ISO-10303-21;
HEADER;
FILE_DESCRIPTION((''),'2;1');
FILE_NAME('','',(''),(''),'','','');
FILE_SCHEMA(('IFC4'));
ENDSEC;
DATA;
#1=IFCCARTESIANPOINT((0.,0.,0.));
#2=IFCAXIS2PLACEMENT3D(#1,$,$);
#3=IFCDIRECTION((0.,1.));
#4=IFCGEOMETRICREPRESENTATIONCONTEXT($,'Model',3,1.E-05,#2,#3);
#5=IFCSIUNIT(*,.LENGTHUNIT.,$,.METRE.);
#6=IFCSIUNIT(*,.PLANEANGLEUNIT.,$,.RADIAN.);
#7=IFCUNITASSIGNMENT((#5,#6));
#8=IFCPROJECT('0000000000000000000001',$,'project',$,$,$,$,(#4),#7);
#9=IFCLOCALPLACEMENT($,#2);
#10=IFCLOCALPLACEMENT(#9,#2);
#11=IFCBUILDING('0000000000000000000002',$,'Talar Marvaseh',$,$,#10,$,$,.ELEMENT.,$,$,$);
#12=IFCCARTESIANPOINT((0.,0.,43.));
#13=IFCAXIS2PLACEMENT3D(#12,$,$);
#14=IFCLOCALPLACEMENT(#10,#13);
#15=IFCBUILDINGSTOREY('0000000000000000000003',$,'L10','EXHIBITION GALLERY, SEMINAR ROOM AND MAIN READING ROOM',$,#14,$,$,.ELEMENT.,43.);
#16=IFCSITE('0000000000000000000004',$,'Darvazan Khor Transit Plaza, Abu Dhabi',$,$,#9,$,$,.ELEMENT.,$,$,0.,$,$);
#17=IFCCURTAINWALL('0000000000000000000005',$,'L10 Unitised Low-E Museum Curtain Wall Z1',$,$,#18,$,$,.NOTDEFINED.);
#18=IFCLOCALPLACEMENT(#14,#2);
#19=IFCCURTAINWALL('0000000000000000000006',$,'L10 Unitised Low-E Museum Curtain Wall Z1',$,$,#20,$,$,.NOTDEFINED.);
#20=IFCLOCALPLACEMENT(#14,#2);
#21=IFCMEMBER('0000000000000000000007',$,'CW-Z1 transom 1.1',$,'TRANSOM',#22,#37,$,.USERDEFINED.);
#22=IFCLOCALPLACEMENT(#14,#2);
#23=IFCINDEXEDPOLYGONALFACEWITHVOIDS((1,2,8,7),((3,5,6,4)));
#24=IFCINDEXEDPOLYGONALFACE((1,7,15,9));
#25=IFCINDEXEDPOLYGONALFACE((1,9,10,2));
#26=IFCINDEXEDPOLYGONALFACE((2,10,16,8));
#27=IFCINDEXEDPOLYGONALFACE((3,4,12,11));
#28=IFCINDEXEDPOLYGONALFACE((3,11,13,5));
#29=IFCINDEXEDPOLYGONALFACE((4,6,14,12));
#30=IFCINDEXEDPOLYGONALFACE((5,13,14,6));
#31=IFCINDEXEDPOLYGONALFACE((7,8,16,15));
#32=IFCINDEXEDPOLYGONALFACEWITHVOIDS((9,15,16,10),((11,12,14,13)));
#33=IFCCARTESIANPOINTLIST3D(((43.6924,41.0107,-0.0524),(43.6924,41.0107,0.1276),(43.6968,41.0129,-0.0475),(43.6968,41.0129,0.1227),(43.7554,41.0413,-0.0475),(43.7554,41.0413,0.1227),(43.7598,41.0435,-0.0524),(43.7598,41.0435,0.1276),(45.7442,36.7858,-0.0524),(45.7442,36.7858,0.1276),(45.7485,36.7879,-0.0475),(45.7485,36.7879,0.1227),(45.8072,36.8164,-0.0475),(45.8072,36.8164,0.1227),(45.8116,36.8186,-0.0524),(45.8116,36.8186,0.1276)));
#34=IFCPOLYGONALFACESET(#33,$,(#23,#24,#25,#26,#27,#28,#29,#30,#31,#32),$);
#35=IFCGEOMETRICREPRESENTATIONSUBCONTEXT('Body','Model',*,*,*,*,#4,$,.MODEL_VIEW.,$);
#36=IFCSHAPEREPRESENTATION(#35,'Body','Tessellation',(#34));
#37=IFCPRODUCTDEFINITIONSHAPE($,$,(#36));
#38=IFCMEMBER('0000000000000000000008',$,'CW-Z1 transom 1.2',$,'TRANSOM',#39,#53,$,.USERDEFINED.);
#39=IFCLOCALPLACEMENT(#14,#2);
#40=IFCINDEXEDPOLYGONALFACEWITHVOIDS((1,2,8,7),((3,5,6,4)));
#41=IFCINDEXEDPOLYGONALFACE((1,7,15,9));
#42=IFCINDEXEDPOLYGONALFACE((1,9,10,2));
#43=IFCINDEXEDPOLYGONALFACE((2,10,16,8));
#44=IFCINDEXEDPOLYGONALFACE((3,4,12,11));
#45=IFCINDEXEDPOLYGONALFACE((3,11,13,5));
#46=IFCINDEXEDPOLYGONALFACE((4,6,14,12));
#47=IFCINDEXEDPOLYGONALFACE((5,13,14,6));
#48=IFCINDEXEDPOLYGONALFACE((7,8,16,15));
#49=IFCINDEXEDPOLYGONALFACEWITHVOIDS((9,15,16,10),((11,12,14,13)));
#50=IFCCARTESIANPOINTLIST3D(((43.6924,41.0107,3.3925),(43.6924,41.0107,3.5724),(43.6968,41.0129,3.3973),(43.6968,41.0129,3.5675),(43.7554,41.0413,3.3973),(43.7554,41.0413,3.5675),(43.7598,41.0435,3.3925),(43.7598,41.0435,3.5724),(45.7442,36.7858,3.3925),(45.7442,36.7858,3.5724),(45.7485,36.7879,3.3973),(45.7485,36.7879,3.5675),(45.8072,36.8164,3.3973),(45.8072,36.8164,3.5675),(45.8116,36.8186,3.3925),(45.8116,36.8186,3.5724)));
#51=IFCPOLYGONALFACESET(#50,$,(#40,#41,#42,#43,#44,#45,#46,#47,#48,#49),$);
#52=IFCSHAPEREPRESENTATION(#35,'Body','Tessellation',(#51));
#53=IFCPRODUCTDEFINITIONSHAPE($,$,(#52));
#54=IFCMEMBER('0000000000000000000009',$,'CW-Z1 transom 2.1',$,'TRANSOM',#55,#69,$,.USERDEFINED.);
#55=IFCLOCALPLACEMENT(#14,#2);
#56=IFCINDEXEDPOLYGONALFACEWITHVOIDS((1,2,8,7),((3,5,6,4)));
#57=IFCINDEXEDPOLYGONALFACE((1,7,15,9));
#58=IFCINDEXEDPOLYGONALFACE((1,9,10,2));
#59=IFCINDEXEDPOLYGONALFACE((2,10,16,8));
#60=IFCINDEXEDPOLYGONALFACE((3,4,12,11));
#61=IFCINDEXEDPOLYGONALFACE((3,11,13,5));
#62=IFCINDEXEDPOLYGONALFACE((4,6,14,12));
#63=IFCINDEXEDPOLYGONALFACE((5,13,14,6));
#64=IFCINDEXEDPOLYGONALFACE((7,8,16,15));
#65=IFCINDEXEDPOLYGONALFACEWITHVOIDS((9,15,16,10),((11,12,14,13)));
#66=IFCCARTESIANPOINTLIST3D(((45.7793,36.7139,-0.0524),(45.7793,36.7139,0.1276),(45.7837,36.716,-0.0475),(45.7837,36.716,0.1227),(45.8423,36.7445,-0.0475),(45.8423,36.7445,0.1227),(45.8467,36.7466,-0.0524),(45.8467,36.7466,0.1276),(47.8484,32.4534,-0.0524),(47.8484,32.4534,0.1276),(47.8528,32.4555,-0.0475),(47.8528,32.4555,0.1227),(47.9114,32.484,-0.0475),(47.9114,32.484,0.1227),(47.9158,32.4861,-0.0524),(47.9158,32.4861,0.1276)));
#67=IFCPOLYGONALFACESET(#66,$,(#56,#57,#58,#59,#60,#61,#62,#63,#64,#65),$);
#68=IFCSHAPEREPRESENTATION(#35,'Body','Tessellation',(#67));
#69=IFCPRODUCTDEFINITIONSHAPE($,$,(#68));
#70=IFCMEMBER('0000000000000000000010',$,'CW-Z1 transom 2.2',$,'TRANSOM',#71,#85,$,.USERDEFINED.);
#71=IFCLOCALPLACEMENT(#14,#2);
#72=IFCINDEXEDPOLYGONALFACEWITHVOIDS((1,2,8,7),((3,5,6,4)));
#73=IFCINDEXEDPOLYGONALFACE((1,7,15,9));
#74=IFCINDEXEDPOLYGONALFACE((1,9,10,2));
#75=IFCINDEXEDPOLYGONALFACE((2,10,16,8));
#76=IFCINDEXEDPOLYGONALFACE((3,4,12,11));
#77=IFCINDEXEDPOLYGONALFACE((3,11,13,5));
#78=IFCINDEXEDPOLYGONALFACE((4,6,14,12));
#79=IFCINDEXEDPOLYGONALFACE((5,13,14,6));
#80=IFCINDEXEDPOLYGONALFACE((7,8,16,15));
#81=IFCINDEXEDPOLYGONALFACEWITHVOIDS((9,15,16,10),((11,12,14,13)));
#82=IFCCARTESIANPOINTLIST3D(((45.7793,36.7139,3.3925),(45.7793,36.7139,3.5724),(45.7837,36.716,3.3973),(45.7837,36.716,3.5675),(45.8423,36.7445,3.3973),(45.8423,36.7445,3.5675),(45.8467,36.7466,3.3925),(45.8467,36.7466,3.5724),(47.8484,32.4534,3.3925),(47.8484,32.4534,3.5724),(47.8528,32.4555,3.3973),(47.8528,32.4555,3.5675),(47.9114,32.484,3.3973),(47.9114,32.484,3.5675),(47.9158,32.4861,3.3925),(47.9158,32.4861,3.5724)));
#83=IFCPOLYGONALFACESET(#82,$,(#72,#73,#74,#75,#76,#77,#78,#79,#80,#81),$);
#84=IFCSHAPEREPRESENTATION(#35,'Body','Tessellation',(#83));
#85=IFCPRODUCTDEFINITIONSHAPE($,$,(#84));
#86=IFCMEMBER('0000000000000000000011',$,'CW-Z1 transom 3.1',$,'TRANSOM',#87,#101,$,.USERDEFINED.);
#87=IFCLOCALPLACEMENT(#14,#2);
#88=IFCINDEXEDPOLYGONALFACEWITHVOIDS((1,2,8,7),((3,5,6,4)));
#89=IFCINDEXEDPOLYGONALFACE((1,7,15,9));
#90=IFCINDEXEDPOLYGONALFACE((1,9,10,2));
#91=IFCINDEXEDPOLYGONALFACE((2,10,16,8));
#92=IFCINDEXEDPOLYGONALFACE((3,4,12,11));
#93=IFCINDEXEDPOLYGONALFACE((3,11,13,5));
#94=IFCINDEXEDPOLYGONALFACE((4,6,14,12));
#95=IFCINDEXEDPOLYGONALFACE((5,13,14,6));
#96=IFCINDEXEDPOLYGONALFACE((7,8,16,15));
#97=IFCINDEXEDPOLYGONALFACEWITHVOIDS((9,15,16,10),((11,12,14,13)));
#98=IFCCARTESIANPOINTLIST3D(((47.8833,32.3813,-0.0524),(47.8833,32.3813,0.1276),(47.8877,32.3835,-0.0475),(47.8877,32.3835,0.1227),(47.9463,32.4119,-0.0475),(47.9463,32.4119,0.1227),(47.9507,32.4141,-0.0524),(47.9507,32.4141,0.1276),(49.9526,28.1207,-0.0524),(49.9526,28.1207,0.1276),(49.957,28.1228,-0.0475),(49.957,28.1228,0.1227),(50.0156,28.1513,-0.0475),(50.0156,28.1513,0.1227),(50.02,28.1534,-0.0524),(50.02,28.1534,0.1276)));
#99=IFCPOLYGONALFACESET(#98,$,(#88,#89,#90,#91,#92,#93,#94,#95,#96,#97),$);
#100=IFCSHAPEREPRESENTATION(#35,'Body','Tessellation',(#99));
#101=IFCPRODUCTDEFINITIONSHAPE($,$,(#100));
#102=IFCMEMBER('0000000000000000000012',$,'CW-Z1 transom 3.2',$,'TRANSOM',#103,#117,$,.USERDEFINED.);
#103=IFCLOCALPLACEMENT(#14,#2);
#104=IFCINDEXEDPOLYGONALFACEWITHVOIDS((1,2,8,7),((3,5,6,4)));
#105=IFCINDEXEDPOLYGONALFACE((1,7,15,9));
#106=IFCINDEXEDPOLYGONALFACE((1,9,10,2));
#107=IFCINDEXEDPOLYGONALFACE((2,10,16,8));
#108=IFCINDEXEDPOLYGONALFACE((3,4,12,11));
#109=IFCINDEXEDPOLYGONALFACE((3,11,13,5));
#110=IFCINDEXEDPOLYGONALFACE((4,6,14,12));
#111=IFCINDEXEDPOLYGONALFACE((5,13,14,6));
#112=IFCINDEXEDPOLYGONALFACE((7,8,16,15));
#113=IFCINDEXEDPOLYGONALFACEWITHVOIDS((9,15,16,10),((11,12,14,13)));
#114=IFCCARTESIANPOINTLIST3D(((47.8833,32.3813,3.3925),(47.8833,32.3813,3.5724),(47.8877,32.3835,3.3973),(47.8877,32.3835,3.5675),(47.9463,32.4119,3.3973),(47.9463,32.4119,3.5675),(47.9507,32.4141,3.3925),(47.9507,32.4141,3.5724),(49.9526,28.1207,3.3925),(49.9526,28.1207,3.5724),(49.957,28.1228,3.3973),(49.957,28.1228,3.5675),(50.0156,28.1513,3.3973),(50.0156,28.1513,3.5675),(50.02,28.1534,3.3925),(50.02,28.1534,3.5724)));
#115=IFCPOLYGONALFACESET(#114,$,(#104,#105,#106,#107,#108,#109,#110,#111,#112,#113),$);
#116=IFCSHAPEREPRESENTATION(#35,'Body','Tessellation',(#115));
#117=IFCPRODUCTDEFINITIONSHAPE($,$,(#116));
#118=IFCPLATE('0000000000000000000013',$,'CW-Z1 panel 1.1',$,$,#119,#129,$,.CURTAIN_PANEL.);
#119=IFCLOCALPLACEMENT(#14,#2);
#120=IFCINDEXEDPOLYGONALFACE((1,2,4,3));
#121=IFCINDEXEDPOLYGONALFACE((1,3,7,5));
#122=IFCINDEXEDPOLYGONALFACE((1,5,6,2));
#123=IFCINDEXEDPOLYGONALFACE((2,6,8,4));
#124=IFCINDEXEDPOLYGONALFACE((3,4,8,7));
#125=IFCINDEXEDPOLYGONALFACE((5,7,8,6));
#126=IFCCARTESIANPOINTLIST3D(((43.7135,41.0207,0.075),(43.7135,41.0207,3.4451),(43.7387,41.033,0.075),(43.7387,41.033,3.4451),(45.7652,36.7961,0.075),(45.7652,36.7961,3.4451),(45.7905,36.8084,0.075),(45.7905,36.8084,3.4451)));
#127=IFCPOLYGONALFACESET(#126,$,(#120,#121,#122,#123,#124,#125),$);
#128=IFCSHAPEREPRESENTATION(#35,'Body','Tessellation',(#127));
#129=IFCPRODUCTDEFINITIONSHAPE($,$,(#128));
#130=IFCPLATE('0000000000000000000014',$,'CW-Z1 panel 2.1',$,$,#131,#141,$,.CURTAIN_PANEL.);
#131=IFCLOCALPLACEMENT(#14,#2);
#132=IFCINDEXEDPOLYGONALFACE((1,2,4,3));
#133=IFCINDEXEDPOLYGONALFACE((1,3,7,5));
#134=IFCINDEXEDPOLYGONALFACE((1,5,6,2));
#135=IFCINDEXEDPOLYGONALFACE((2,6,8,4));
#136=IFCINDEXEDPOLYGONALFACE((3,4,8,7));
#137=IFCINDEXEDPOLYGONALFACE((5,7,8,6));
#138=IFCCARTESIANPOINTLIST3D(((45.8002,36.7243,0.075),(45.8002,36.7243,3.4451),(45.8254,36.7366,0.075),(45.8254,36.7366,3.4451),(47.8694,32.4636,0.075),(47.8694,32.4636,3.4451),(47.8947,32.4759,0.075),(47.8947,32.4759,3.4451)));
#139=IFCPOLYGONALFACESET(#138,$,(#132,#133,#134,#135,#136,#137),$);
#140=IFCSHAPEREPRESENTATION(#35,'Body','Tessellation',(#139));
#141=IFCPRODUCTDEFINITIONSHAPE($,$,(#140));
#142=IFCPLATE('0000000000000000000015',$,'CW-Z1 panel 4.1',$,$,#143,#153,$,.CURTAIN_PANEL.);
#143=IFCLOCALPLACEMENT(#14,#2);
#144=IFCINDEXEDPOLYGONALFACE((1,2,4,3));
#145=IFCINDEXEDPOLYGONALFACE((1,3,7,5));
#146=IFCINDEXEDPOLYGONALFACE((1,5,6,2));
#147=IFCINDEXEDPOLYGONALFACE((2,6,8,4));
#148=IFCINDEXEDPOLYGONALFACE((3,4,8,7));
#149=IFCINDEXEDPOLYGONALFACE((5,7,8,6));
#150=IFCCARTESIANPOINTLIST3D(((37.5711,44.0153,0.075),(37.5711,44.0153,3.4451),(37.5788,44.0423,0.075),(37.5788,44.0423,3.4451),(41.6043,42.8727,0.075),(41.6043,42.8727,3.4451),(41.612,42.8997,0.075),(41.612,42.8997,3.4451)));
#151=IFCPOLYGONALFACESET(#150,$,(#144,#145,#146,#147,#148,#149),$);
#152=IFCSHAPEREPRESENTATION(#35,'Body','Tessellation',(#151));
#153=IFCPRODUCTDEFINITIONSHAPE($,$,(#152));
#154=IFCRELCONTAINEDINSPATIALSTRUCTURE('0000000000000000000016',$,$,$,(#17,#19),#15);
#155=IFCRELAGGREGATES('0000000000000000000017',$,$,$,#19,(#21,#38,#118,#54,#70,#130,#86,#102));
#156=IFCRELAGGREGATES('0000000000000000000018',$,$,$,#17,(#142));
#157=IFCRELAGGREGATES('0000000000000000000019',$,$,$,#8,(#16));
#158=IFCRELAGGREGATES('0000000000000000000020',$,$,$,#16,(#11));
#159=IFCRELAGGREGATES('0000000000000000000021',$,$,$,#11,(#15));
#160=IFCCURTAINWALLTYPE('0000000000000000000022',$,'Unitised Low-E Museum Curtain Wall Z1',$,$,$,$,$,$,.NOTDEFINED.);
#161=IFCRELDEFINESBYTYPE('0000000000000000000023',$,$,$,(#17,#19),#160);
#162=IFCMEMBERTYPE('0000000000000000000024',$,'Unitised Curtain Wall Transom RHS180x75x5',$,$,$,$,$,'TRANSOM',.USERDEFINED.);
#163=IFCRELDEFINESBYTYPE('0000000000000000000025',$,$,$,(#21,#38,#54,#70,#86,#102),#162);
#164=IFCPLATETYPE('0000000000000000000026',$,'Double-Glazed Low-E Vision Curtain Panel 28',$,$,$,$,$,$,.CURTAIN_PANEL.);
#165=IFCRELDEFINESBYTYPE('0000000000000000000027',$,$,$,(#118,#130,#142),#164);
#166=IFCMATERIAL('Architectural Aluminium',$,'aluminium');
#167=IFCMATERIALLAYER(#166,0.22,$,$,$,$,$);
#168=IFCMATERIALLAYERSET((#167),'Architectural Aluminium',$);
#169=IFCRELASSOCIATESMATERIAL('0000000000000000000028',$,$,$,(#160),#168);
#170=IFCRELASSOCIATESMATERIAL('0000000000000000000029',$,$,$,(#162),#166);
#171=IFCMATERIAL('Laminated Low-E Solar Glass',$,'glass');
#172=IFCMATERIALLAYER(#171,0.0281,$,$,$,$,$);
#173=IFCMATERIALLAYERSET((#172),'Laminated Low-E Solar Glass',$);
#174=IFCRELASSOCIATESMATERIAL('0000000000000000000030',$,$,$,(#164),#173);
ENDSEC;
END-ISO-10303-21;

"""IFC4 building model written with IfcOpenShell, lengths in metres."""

from ifc_helpers import new_model, si_unit, direction, frame, origin, origin_2d, place, context, subcontext, project, spatial, rectangle, hollow_rectangle, extrude, source, transform, mapped, material, layer, layer_set, material_profile, profile_set, type_object, type_shapes, element, aggregate, save


model = new_model("IFC4")

# Units and contexts
model_context = context("Model", 3, precision=1e-05, world=origin(), true_north=direction((0.0, 1.0)))
body_context = subcontext(model_context, "Body", "Model", "MODEL_VIEW")
ifc_project = project(units=[si_unit("LENGTHUNIT", "METRE"), si_unit("PLANEANGLEUNIT", "RADIAN")], contexts=[model_context])

# Site, building, storey
site_placement = place(None, origin())
site = spatial("IfcSite", under=ifc_project, at=site_placement, Name="Darvazan Khor Transit Plaza, Abu Dhabi", CompositionType="ELEMENT", RefElevation=0.0)
building_placement = place(site_placement, origin())
building = spatial("IfcBuilding", under=site, at=building_placement, Name="Talar Marvaseh", CompositionType="ELEMENT")
storey_placement = place(building_placement, frame((0.0, 0.0, 43.0)))
storey = spatial("IfcBuildingStorey", under=building, at=storey_placement, Name="L10", Description="EXHIBITION GALLERY, SEMINAR ROOM AND MAIN READING ROOM", CompositionType="ELEMENT", Elevation=43.0)

# Curtain wall
ifc_material_1 = material(Name="Architectural Aluminium", Category="aluminium")
ifc_layer_1 = layer(ifc_material_1, 0.22)
ifc_layer_set_1 = layer_set([ifc_layer_1], Name="Architectural Aluminium")
curtain_wall_type = type_object("IfcCurtainWallType", Name="Unitised Low-E Museum Curtain Wall Z1", PredefinedType="NOTDEFINED", material=ifc_layer_set_1)
curtain_wall_1_placement = place(storey_placement, origin())
curtain_wall_1 = element("IfcCurtainWall", 1, at=curtain_wall_1_placement, inside=storey, type_object=curtain_wall_type, Name="L10 Unitised Low-E Museum Curtain Wall Z1", PredefinedType="NOTDEFINED")

# Curtain wall, members, plates
curtain_wall_2_placement = place(storey_placement, origin())
curtain_wall_2 = element("IfcCurtainWall", 2, at=curtain_wall_2_placement, inside=storey, type_object=curtain_wall_type, Name="L10 Unitised Low-E Museum Curtain Wall Z1", PredefinedType="NOTDEFINED")
ifc_material_profile_1 = material_profile(ifc_material_1, hollow_rectangle(XDim=0.075, YDim=0.1799, WallThickness=0.0049, at=origin_2d()), Name="RHS180x75x5")
ifc_profile_set_1 = profile_set([ifc_material_profile_1], Name="Architectural Aluminium")
member_type_1 = type_object("IfcMemberType", Name="Unitised Curtain Wall Transom RHS180x75x5", ElementType="TRANSOM", PredefinedType="USERDEFINED", material=ifc_profile_set_1)
shared_shape_1 = source(origin(), body_context, "Body", "SweptSolid", [
    extrude(hollow_rectangle(XDim=0.075, YDim=0.1799, WallThickness=0.0049, at=origin_2d()), origin(), (0.0, 0.0, 1.0), 4.6968),
])
member_1_placement = place(storey_placement, frame((43.7261, 41.0271, 0.0376), z_axis=(0.43685, -0.899534, 0.0), x_axis=(0.899534, 0.43685, 0.0)))
member_1 = element("IfcMember", 3, at=member_1_placement, type_object=member_type_1, Name="CW-Z1 transom 1.1", ObjectType="TRANSOM", PredefinedType="USERDEFINED", context=body_context, shape_type="MappedRepresentation", body=[
    mapped(shared_shape_1, transform((0.0, 0.0, 0.0), x_axis=(1.0, 0.0, 0.0), y_axis=(0.0, 1.0, 0.0), z_axis=(0.0, 0.0, 1.0), scale=1.0)),
])
member_2_placement = place(storey_placement, frame((43.7261, 41.0271, 3.4824), z_axis=(0.43685, -0.899534, 0.0), x_axis=(0.899534, 0.43685, 0.0)))
member_2 = element("IfcMember", 4, at=member_2_placement, type_object=member_type_1, Name="CW-Z1 transom 1.2", ObjectType="TRANSOM", PredefinedType="USERDEFINED", context=body_context, shape_type="MappedRepresentation", body=[
    mapped(shared_shape_1, transform((0.0, 0.0, 0.0), x_axis=(1.0, 0.0, 0.0), y_axis=(0.0, 1.0, 0.0), z_axis=(0.0, 0.0, 1.0), scale=1.0)),
])
shared_shape_2 = source(origin(), body_context, "Body", "SweptSolid", [
    extrude(hollow_rectangle(XDim=0.075, YDim=0.1799, WallThickness=0.0049, at=origin_2d()), origin(), (0.0, 0.0, 1.0), 4.7363),
])
member_3_placement = place(storey_placement, frame((45.813, 36.7302, 0.0376), z_axis=(0.436854, -0.899532, 0.0), x_axis=(0.899532, 0.436854, 0.0)))
member_3 = element("IfcMember", 5, at=member_3_placement, type_object=member_type_1, Name="CW-Z1 transom 2.1", ObjectType="TRANSOM", PredefinedType="USERDEFINED", context=body_context, shape_type="MappedRepresentation", body=[
    mapped(shared_shape_2, transform((0.0, 0.0, 0.0), x_axis=(1.0, 0.0, 0.0), y_axis=(0.0, 1.0, 0.0), z_axis=(0.0, 0.0, 1.0), scale=1.0)),
])
member_4_placement = place(storey_placement, frame((45.813, 36.7302, 3.4824), z_axis=(0.436854, -0.899532, 0.0), x_axis=(0.899532, 0.436854, 0.0)))
member_4 = element("IfcMember", 6, at=member_4_placement, type_object=member_type_1, Name="CW-Z1 transom 2.2", ObjectType="TRANSOM", PredefinedType="USERDEFINED", context=body_context, shape_type="MappedRepresentation", body=[
    mapped(shared_shape_2, transform((0.0, 0.0, 0.0), x_axis=(1.0, 0.0, 0.0), y_axis=(0.0, 1.0, 0.0), z_axis=(0.0, 0.0, 1.0), scale=1.0)),
])
shared_shape_3 = source(origin(), body_context, "Body", "SweptSolid", [
    extrude(hollow_rectangle(XDim=0.075, YDim=0.1799, WallThickness=0.0049, at=origin_2d()), origin(), (0.0, 0.0, 1.0), 4.7366),
])
type_shapes(member_type_1, [shared_shape_1, shared_shape_2, shared_shape_3])
member_5_placement = place(storey_placement, frame((47.917, 32.3977, 0.0376), z_axis=(0.436875, -0.899522, 0.0), x_axis=(0.899522, 0.436875, 0.0)))
member_5 = element("IfcMember", 7, at=member_5_placement, type_object=member_type_1, Name="CW-Z1 transom 3.1", ObjectType="TRANSOM", PredefinedType="USERDEFINED", context=body_context, shape_type="MappedRepresentation", body=[
    mapped(shared_shape_3, transform((0.0, 0.0, 0.0), x_axis=(1.0, 0.0, 0.0), y_axis=(0.0, 1.0, 0.0), z_axis=(0.0, 0.0, 1.0), scale=1.0)),
])
member_6_placement = place(storey_placement, frame((47.917, 32.3977, 3.4824), z_axis=(0.436875, -0.899522, 0.0), x_axis=(0.899522, 0.436875, 0.0)))
member_6 = element("IfcMember", 8, at=member_6_placement, type_object=member_type_1, Name="CW-Z1 transom 3.2", ObjectType="TRANSOM", PredefinedType="USERDEFINED", context=body_context, shape_type="MappedRepresentation", body=[
    mapped(shared_shape_3, transform((0.0, 0.0, 0.0), x_axis=(1.0, 0.0, 0.0), y_axis=(0.0, 1.0, 0.0), z_axis=(0.0, 0.0, 1.0), scale=1.0)),
])
ifc_material_2 = material(Name="Laminated Low-E Solar Glass", Category="glass")
ifc_layer_2 = layer(ifc_material_2, 0.0281)
ifc_layer_set_2 = layer_set([ifc_layer_2], Name="Laminated Low-E Solar Glass")
plate_type = type_object("IfcPlateType", Name="Double-Glazed Low-E Vision Curtain Panel 28", PredefinedType="CURTAIN_PANEL", material=ifc_layer_set_2)
shared_shape_4 = source(origin(), body_context, "Body", "SweptSolid", [
    extrude(rectangle(XDim=4.6965, YDim=0.0281, at=origin_2d()), origin(), (0.0, 0.0, 1.0), 3.3701),
])
plate_1_placement = place(storey_placement, frame((44.752, 38.9146, 0.075), z_axis=(0.0, 0.0, 1.0), x_axis=(0.436863, -0.899528, 0.0)))
plate_1 = element("IfcPlate", 9, at=plate_1_placement, type_object=plate_type, Name="CW-Z1 panel 1.1", PredefinedType="CURTAIN_PANEL", context=body_context, shape_type="MappedRepresentation", body=[
    mapped(shared_shape_4, transform((0.0, 0.0, 0.0), x_axis=(1.0, 0.0, 0.0), y_axis=(0.0, 1.0, 0.0), z_axis=(0.0, 0.0, 1.0), scale=1.0)),
])
shared_shape_5 = source(origin(), body_context, "Body", "SweptSolid", [
    extrude(rectangle(XDim=4.7366, YDim=0.0281, at=origin_2d()), origin(), (0.0, 0.0, 1.0), 3.3701),
])
plate_2_placement = place(storey_placement, frame((46.8474, 34.6001, 0.075), z_axis=(0.0, 0.0, 1.0), x_axis=(0.436863, -0.899528, 0.0)))
plate_2 = element("IfcPlate", 10, at=plate_2_placement, type_object=plate_type, Name="CW-Z1 panel 2.1", PredefinedType="CURTAIN_PANEL", context=body_context, shape_type="MappedRepresentation", body=[
    mapped(shared_shape_5, transform((0.0, 0.0, 0.0), x_axis=(1.0, 0.0, 0.0), y_axis=(0.0, 1.0, 0.0), z_axis=(0.0, 0.0, 1.0), scale=1.0)),
])
aggregate(curtain_wall_2, [member_1, member_2, plate_1, member_3, member_4, plate_2, member_5, member_6])

# Plate
shared_shape_6 = source(origin(), body_context, "Body", "SweptSolid", [
    extrude(rectangle(XDim=4.1919, YDim=0.0281, at=origin_2d()), origin(), (0.0, 0.0, 1.0), 3.3701),
])
type_shapes(plate_type, [shared_shape_4, shared_shape_5, shared_shape_6])
plate_3_placement = place(storey_placement, frame((39.5916, 43.4575, 0.075), z_axis=(0.0, 0.0, 1.0), x_axis=(0.962134, -0.272579, 0.0)))
plate_3 = element("IfcPlate", 11, at=plate_3_placement, type_object=plate_type, Name="CW-Z1 panel 4.1", PredefinedType="CURTAIN_PANEL", context=body_context, shape_type="MappedRepresentation", body=[
    mapped(shared_shape_6, transform((0.0, 0.0, 0.0), x_axis=(1.0, 0.0, 0.0), y_axis=(0.0, 1.0, 0.0), z_axis=(0.0, 0.0, 1.0), scale=1.0)),
])
aggregate(curtain_wall_1, [plate_3])

save(model, "model.ifc")
